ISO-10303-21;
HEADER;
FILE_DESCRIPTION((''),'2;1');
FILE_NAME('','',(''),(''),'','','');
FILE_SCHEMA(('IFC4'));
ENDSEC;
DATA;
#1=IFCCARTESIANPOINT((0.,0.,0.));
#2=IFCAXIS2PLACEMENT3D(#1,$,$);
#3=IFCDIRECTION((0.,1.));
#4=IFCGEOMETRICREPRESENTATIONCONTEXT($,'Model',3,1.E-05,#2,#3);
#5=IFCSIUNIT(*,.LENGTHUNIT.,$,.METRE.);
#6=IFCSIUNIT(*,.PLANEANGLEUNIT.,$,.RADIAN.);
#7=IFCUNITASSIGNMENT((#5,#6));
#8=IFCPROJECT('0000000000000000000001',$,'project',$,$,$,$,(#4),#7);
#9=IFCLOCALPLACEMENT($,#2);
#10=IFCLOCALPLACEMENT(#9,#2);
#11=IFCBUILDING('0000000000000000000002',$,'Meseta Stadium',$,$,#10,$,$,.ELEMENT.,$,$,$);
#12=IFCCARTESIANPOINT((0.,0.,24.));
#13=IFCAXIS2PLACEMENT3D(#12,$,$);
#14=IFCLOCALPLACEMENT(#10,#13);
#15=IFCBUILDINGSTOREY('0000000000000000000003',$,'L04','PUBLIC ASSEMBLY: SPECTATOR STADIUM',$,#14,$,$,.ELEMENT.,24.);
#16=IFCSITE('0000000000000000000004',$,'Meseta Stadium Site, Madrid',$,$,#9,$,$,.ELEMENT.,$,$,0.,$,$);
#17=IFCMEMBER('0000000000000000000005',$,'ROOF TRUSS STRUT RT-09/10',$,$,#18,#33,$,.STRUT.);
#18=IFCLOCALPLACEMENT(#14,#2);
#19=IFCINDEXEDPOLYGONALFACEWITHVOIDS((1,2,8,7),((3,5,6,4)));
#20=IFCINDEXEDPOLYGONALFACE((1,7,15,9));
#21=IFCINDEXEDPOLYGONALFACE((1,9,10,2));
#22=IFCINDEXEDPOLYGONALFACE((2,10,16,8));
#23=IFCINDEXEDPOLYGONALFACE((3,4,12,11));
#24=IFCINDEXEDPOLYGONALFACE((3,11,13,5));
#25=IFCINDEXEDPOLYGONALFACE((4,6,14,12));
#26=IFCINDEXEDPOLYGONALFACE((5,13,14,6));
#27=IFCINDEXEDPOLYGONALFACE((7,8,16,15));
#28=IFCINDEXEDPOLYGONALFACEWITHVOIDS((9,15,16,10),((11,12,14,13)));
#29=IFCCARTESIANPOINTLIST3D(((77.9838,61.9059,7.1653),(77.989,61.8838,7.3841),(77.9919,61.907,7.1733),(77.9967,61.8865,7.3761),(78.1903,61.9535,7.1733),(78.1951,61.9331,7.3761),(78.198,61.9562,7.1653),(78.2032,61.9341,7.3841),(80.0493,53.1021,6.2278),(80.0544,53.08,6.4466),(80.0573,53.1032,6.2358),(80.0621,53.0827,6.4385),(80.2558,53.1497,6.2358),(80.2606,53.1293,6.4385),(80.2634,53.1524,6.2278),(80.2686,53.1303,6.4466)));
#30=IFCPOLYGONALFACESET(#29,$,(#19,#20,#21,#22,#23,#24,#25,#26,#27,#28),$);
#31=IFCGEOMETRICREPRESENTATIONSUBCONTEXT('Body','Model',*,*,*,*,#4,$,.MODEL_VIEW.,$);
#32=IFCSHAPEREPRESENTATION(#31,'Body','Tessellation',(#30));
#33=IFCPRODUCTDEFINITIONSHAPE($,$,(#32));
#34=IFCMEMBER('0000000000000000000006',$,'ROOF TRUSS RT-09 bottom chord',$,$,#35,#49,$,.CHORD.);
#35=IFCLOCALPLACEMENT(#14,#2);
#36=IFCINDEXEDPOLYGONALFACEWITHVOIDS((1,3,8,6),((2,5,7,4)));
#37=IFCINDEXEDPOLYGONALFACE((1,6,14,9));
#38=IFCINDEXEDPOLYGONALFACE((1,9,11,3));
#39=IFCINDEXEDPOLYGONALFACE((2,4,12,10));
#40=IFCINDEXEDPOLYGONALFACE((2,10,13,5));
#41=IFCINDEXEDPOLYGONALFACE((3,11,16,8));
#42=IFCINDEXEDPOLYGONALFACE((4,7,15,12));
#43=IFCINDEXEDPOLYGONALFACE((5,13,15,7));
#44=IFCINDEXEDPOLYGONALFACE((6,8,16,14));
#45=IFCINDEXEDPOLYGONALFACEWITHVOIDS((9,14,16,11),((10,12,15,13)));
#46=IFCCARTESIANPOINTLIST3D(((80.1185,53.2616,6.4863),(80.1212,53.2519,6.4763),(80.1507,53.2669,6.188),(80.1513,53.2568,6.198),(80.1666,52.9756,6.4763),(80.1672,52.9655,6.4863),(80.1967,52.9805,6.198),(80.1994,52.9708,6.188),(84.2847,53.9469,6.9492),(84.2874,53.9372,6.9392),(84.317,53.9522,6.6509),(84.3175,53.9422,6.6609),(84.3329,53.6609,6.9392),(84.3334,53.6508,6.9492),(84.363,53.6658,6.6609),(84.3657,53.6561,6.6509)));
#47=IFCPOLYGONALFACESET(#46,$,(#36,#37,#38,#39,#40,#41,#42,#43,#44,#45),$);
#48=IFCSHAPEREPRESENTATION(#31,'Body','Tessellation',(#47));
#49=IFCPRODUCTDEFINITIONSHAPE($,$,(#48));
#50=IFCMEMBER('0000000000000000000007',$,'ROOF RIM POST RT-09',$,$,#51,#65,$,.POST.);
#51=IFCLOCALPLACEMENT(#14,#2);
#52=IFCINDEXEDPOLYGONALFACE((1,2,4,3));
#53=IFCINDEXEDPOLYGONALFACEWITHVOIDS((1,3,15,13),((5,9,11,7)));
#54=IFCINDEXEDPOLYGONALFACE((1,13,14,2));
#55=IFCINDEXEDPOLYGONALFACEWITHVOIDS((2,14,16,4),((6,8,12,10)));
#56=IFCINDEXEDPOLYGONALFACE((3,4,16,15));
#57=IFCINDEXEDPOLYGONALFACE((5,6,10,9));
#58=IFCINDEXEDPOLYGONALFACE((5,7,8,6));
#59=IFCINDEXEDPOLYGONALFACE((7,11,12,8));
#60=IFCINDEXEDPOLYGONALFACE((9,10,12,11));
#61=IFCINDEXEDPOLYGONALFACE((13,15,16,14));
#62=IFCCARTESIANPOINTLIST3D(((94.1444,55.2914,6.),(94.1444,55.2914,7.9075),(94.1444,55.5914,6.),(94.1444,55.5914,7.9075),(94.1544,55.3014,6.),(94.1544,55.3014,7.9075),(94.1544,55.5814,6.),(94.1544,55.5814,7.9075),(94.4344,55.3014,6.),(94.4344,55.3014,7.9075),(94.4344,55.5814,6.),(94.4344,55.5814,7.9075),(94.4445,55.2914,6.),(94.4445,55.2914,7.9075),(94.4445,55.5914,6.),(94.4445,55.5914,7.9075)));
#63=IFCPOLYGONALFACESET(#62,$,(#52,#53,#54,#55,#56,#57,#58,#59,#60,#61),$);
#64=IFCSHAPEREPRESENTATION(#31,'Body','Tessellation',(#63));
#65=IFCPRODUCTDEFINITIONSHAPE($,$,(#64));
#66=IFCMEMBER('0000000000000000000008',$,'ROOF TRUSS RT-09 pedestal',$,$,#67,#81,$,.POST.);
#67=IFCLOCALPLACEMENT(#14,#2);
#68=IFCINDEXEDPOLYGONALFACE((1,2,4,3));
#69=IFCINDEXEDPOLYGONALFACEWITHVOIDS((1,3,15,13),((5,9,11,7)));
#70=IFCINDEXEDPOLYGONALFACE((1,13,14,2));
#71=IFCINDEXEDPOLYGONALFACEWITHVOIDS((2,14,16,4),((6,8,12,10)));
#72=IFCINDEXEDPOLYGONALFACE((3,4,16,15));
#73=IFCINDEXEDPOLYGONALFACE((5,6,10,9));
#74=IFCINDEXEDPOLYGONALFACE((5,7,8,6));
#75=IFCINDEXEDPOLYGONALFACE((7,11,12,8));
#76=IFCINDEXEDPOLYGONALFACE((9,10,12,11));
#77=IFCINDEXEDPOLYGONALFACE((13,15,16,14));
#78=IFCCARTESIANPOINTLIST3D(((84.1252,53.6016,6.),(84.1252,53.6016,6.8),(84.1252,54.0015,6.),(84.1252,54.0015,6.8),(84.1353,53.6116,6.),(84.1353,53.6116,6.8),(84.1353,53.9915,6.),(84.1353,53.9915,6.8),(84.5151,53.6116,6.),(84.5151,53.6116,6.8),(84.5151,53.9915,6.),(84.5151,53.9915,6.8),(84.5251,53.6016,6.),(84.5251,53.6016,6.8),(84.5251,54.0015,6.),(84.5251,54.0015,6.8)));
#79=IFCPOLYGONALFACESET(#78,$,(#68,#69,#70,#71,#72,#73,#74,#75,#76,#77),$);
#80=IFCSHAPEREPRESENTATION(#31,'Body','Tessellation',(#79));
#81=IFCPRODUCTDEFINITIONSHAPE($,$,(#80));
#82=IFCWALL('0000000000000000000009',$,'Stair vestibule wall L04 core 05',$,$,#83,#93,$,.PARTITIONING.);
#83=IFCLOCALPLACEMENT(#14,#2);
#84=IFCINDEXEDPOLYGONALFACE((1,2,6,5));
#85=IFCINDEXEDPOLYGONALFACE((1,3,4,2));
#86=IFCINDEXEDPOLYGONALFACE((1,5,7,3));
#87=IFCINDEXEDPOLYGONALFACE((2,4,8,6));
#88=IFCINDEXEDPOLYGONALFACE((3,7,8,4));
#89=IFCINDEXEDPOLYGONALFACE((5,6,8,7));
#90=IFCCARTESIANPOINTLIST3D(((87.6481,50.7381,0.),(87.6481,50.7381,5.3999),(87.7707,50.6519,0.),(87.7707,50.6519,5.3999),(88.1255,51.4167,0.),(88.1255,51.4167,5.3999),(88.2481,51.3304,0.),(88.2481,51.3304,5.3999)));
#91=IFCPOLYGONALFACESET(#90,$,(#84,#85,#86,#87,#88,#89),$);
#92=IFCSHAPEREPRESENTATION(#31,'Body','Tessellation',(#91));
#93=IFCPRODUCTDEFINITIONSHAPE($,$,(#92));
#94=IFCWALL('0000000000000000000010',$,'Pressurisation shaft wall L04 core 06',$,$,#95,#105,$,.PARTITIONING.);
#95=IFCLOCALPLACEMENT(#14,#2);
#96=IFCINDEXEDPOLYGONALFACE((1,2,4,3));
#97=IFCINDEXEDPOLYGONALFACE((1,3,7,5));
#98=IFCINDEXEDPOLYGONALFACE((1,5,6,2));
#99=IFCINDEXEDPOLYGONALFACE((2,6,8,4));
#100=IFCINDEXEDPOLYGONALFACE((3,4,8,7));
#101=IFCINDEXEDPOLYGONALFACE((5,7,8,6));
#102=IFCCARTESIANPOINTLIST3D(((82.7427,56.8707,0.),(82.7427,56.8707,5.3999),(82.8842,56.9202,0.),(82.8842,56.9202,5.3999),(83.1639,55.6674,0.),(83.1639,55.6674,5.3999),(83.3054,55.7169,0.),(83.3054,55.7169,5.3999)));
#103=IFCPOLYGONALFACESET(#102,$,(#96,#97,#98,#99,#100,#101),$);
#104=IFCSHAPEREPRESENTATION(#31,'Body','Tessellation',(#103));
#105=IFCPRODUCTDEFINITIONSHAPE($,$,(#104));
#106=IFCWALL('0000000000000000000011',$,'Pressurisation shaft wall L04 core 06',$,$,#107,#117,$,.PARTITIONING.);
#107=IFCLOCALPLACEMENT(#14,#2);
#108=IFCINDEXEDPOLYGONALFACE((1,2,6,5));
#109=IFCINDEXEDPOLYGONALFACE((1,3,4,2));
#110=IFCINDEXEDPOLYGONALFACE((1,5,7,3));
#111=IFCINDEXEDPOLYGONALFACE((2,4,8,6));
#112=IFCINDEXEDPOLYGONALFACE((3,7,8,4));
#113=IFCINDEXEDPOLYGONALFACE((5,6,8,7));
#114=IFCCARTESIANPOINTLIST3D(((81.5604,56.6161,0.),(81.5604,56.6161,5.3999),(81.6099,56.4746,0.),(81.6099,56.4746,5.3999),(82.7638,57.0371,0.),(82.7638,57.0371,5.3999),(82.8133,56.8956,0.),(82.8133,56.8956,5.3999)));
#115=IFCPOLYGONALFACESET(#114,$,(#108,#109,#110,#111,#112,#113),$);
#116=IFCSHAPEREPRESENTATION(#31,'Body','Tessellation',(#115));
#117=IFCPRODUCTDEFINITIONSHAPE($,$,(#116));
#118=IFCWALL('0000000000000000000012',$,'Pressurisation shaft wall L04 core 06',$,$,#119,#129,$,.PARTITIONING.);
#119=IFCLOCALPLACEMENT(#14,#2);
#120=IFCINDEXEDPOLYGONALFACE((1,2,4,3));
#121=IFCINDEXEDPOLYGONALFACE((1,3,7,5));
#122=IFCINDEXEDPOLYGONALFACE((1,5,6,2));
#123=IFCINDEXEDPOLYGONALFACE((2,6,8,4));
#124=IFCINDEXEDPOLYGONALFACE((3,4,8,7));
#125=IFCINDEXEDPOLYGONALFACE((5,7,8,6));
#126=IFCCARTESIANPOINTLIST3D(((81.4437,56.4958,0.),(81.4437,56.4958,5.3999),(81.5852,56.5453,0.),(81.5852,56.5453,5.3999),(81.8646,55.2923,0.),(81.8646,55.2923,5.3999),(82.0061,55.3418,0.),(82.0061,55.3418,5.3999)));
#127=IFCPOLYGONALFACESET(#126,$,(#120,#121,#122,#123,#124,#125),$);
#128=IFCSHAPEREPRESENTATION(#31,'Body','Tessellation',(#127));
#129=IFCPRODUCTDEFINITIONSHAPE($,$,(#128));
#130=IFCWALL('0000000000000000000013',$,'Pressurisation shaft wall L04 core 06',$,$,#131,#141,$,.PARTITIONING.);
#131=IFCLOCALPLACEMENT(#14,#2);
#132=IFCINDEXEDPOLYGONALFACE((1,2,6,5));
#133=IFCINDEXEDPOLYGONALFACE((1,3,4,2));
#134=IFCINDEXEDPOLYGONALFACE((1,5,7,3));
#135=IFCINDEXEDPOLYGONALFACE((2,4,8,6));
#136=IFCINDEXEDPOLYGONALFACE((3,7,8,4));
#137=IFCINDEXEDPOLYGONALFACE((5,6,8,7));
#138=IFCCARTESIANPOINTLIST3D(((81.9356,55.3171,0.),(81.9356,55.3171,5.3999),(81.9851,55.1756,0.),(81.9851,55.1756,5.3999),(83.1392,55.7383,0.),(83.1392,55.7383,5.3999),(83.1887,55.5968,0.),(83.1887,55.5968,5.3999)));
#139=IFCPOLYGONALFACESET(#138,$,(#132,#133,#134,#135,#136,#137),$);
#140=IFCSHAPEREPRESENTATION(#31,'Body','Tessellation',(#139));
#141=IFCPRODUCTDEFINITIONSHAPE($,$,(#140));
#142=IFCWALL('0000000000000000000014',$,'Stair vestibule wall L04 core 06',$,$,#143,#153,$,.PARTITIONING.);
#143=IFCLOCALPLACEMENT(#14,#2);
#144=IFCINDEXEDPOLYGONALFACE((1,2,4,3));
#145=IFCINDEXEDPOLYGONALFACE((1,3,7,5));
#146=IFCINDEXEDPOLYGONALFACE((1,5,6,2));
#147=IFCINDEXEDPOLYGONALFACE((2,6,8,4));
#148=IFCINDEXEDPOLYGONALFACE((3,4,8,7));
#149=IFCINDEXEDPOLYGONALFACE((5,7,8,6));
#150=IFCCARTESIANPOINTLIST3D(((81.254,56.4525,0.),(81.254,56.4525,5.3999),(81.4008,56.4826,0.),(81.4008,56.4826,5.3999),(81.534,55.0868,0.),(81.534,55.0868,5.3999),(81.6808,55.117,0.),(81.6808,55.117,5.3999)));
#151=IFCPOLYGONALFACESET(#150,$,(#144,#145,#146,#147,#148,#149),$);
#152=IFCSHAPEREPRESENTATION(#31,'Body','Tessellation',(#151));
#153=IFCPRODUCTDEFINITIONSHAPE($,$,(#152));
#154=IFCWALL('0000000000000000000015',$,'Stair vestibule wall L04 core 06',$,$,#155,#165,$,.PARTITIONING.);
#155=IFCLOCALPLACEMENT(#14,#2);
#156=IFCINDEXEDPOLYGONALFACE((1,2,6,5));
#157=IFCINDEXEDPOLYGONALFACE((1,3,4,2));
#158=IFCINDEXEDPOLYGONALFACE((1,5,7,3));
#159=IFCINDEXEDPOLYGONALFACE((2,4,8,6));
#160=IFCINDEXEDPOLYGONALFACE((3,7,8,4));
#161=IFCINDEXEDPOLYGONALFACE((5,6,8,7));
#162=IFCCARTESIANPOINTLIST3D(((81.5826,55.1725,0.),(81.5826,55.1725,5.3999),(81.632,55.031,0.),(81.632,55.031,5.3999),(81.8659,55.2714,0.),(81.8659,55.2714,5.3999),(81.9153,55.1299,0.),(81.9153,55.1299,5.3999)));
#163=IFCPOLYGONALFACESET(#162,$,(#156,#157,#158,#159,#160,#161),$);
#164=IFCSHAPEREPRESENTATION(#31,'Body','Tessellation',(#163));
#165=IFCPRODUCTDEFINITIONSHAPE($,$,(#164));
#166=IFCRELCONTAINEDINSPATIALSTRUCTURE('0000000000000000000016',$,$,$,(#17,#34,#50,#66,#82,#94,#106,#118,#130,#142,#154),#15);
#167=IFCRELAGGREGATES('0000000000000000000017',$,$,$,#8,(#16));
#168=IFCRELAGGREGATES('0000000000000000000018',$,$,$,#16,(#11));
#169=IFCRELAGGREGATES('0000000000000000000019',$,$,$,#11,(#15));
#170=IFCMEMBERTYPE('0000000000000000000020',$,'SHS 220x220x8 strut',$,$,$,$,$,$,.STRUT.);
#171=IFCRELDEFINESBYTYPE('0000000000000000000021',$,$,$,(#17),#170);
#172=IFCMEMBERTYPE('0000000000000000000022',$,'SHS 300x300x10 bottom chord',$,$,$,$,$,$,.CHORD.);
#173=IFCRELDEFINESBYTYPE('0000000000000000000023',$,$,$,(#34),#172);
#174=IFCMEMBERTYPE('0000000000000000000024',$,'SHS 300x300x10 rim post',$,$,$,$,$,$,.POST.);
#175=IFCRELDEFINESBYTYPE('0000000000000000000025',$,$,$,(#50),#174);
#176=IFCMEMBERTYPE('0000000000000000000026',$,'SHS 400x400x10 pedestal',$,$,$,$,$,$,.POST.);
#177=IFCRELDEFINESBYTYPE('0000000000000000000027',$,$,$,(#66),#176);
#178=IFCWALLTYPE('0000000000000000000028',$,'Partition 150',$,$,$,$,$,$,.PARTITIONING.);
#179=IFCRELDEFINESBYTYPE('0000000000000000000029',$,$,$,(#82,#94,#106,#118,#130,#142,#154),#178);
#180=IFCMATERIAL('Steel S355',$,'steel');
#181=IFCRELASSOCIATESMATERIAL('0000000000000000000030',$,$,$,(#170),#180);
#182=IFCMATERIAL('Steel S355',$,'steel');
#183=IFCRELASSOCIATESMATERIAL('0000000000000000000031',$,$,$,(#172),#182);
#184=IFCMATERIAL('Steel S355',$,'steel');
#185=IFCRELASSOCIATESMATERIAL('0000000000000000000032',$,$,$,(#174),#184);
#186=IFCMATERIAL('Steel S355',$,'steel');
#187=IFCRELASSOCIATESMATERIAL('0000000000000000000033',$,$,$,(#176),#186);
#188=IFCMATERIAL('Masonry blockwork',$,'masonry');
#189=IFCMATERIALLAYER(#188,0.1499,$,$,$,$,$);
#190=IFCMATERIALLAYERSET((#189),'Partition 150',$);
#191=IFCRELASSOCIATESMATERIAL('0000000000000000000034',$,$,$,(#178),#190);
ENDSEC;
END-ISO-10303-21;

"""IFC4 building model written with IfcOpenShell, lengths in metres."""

from ifc_helpers import new_model, si_unit, direction, frame, frame_2d, origin, origin_2d, place, context, subcontext, project, spatial, rectangle, hollow_rectangle, extrude, material, layer, layer_set, material_profile, profile_set, type_object, element, save


model = new_model("IFC4")

# Units and contexts
model_context = context("Model", 3, precision=1e-05, world=origin(), true_north=direction((0.0, 1.0)))
body_context = subcontext(model_context, "Body", "Model", "MODEL_VIEW")
ifc_project = project(units=[si_unit("LENGTHUNIT", "METRE"), si_unit("PLANEANGLEUNIT", "RADIAN")], contexts=[model_context])

# Site, building, storey
site_placement = place(None, origin())
site = spatial("IfcSite", under=ifc_project, at=site_placement, Name="Meseta Stadium Site, Madrid", CompositionType="ELEMENT", RefElevation=0.0)
building_placement = place(site_placement, origin())
building = spatial("IfcBuilding", under=site, at=building_placement, Name="Meseta Stadium", CompositionType="ELEMENT")
storey_placement = place(building_placement, frame((0.0, 0.0, 24.0)))
storey = spatial("IfcBuildingStorey", under=building, at=storey_placement, Name="L04", Description="PUBLIC ASSEMBLY: SPECTATOR STADIUM", CompositionType="ELEMENT", Elevation=24.0)

# Members
ifc_material_1 = material(Name="Steel S355", Category="steel")
ifc_material_profile_1 = material_profile(ifc_material_1, hollow_rectangle(XDim=0.22, YDim=0.22, WallThickness=0.0081, at=origin_2d()), Name="SHS 220x220x8")
ifc_profile_set_1 = profile_set([ifc_material_profile_1], Name="Steel S355")
member_type_1 = type_object("IfcMemberType", Name="SHS 220x220x8 strut", PredefinedType="STRUT", material=ifc_profile_set_1)
member_1_placement = place(storey_placement, frame((80.1589, 53.1162, 6.3372), z_axis=(-0.22719, 0.968375, 0.103122), x_axis=(-0.973566, -0.228407, 0.0)))
element("IfcMember", 1, at=member_1_placement, inside=storey, type_object=member_type_1, Name="ROOF TRUSS STRUT RT-09/10", PredefinedType="STRUT", context=body_context, shape_type="SweptSolid", body=[
    extrude(hollow_rectangle(XDim=0.22, YDim=0.22, WallThickness=0.0081, at=origin_2d()), origin(), (0.0, 0.0, 1.0), 9.0913),
])
ifc_material_2 = material(Name="Steel S355", Category="steel")
ifc_material_profile_2 = material_profile(ifc_material_2, hollow_rectangle(XDim=0.3, YDim=0.3, WallThickness=0.01, at=origin_2d()), Name="SHS 300x300x10")
ifc_profile_set_2 = profile_set([ifc_material_profile_2], Name="Steel S355")
member_type_2 = type_object("IfcMemberType", Name="SHS 300x300x10 bottom chord", PredefinedType="CHORD", material=ifc_profile_set_2)
member_2_placement = place(storey_placement, frame((80.1589, 53.1162, 6.3372), z_axis=(0.980863, 0.161341, 0.108978), x_axis=(-0.162308, 0.98674, 0.0)))
element("IfcMember", 2, at=member_2_placement, inside=storey, type_object=member_type_2, Name="ROOF TRUSS RT-09 bottom chord", PredefinedType="CHORD", context=body_context, shape_type="SweptSolid", body=[
    extrude(hollow_rectangle(XDim=0.3, YDim=0.3, WallThickness=0.01, at=origin_2d()), origin(), (0.0, 0.0, 1.0), 4.2476),
])
ifc_material_3 = material(Name="Steel S355", Category="steel")
ifc_material_profile_3 = material_profile(ifc_material_3, hollow_rectangle(XDim=0.3, YDim=0.3, WallThickness=0.01, at=origin_2d()), Name="SHS 300x300x10")
ifc_profile_set_3 = profile_set([ifc_material_profile_3], Name="Steel S355")
member_type_3 = type_object("IfcMemberType", Name="SHS 300x300x10 rim post", PredefinedType="POST", material=ifc_profile_set_3)
member_3_placement = place(storey_placement, frame((94.2944, 55.4414, 6.0), z_axis=(0.0, 0.0, 1.0), x_axis=(1.0, 0.0, 0.0)))
element("IfcMember", 3, at=member_3_placement, inside=storey, type_object=member_type_3, Name="ROOF RIM POST RT-09", PredefinedType="POST", context=body_context, shape_type="SweptSolid", body=[
    extrude(hollow_rectangle(XDim=0.3, YDim=0.3, WallThickness=0.01, at=origin_2d()), origin(), (0.0, 0.0, 1.0), 1.9075),
])
ifc_material_4 = material(Name="Steel S355", Category="steel")
ifc_material_profile_4 = material_profile(ifc_material_4, hollow_rectangle(XDim=0.3999, YDim=0.3999, WallThickness=0.01, at=origin_2d()), Name="SHS 400x400x10")
ifc_profile_set_4 = profile_set([ifc_material_profile_4], Name="Steel S355")
member_type_4 = type_object("IfcMemberType", Name="SHS 400x400x10 pedestal", PredefinedType="POST", material=ifc_profile_set_4)
member_4_placement = place(storey_placement, frame((84.3252, 53.8015, 6.0), z_axis=(0.0, 0.0, 1.0), x_axis=(1.0, 0.0, 0.0)))
element("IfcMember", 4, at=member_4_placement, inside=storey, type_object=member_type_4, Name="ROOF TRUSS RT-09 pedestal", PredefinedType="POST", context=body_context, shape_type="SweptSolid", body=[
    extrude(hollow_rectangle(XDim=0.3999, YDim=0.3999, WallThickness=0.01, at=origin_2d()), origin(), (0.0, 0.0, 1.0), 0.8),
])

# Walls
ifc_material_5 = material(Name="Masonry blockwork", Category="masonry")
ifc_layer = layer(ifc_material_5, 0.1499)
ifc_layer_set = layer_set([ifc_layer], Name="Partition 150")
wall_type = type_object("IfcWallType", Name="Partition 150", PredefinedType="PARTITIONING", material=ifc_layer_set)
wall_1_placement = place(storey_placement, frame((88.1868, 51.3735, 0.0), z_axis=(0.0, 0.0, 1.0), x_axis=(-0.575377, -0.817888, 0.0)))
element("IfcWall", 5, at=wall_1_placement, inside=storey, type_object=wall_type, Name="Stair vestibule wall L04 core 05", PredefinedType="PARTITIONING", context=body_context, shape_type="SweptSolid", body=[
    extrude(rectangle(XDim=0.8296, YDim=0.1499, at=frame_2d((0.4148, 0.0))), origin(), (0.0, 0.0, 1.0), 5.3999),
])
for number, where, z_axis, x_axis, name in (
    (6, (83.2346, 55.6921, 0.0), (0.0, 0.0, 1.0), (-0.330325, 0.943867, 0.0), "Pressurisation shaft wall L04 core 06"),
    (7, (82.7886, 56.9663, 0.0), (0.0, 0.0, 1.0), (-0.943927, -0.330154, 0.0), "Pressurisation shaft wall L04 core 06"),
    (8, (81.5144, 56.5205, 0.0), (0.0, 0.0, 1.0), (0.330154, -0.943927, 0.0), "Pressurisation shaft wall L04 core 06"),
):
    element("IfcWall", number, at=place(storey_placement, frame(where, z_axis=z_axis, x_axis=x_axis)), inside=storey, type_object=wall_type, Name=name, PredefinedType="PARTITIONING", context=body_context, shape_type="SweptSolid", body=[
        extrude(rectangle(XDim=1.2749, YDim=0.1499, at=frame_2d((0.6375, 0.0))), origin(), (0.0, 0.0, 1.0), 5.3999),
    ])
wall_2_placement = place(storey_placement, frame((81.9602, 55.2463, 0.0), z_axis=(0.0, 0.0, 1.0), x_axis=(0.943888, 0.330265, 0.0)))
element("IfcWall", 9, at=wall_2_placement, inside=storey, type_object=wall_type, Name="Pressurisation shaft wall L04 core 06", PredefinedType="PARTITIONING", context=body_context, shape_type="SweptSolid", body=[
    extrude(rectangle(XDim=1.2751, YDim=0.1499, at=frame_2d((0.6377, 0.0))), origin(), (0.0, 0.0, 1.0), 5.3999),
])
wall_3_placement = place(storey_placement, frame((81.3274, 56.4675, 0.0), z_axis=(0.0, 0.0, 1.0), x_axis=(0.200862, -0.979619, 0.0)))
element("IfcWall", 10, at=wall_3_placement, inside=storey, type_object=wall_type, Name="Stair vestibule wall L04 core 06", PredefinedType="PARTITIONING", context=body_context, shape_type="SweptSolid", body=[
    extrude(rectangle(XDim=1.394, YDim=0.1499, at=frame_2d((0.697, 0.0))), origin(), (0.0, 0.0, 1.0), 5.3999),
])
wall_4_placement = place(storey_placement, frame((81.6074, 55.1018, 0.0), z_axis=(0.0, 0.0, 1.0), x_axis=(0.944112, 0.329625, 0.0)))
element("IfcWall", 11, at=wall_4_placement, inside=storey, type_object=wall_type, Name="Stair vestibule wall L04 core 06", PredefinedType="PARTITIONING", context=body_context, shape_type="SweptSolid", body=[
    extrude(rectangle(XDim=0.3, YDim=0.1499, at=frame_2d((0.1499, 0.0))), origin(), (0.0, 0.0, 1.0), 5.3999),
])

save(model, "model.ifc")
